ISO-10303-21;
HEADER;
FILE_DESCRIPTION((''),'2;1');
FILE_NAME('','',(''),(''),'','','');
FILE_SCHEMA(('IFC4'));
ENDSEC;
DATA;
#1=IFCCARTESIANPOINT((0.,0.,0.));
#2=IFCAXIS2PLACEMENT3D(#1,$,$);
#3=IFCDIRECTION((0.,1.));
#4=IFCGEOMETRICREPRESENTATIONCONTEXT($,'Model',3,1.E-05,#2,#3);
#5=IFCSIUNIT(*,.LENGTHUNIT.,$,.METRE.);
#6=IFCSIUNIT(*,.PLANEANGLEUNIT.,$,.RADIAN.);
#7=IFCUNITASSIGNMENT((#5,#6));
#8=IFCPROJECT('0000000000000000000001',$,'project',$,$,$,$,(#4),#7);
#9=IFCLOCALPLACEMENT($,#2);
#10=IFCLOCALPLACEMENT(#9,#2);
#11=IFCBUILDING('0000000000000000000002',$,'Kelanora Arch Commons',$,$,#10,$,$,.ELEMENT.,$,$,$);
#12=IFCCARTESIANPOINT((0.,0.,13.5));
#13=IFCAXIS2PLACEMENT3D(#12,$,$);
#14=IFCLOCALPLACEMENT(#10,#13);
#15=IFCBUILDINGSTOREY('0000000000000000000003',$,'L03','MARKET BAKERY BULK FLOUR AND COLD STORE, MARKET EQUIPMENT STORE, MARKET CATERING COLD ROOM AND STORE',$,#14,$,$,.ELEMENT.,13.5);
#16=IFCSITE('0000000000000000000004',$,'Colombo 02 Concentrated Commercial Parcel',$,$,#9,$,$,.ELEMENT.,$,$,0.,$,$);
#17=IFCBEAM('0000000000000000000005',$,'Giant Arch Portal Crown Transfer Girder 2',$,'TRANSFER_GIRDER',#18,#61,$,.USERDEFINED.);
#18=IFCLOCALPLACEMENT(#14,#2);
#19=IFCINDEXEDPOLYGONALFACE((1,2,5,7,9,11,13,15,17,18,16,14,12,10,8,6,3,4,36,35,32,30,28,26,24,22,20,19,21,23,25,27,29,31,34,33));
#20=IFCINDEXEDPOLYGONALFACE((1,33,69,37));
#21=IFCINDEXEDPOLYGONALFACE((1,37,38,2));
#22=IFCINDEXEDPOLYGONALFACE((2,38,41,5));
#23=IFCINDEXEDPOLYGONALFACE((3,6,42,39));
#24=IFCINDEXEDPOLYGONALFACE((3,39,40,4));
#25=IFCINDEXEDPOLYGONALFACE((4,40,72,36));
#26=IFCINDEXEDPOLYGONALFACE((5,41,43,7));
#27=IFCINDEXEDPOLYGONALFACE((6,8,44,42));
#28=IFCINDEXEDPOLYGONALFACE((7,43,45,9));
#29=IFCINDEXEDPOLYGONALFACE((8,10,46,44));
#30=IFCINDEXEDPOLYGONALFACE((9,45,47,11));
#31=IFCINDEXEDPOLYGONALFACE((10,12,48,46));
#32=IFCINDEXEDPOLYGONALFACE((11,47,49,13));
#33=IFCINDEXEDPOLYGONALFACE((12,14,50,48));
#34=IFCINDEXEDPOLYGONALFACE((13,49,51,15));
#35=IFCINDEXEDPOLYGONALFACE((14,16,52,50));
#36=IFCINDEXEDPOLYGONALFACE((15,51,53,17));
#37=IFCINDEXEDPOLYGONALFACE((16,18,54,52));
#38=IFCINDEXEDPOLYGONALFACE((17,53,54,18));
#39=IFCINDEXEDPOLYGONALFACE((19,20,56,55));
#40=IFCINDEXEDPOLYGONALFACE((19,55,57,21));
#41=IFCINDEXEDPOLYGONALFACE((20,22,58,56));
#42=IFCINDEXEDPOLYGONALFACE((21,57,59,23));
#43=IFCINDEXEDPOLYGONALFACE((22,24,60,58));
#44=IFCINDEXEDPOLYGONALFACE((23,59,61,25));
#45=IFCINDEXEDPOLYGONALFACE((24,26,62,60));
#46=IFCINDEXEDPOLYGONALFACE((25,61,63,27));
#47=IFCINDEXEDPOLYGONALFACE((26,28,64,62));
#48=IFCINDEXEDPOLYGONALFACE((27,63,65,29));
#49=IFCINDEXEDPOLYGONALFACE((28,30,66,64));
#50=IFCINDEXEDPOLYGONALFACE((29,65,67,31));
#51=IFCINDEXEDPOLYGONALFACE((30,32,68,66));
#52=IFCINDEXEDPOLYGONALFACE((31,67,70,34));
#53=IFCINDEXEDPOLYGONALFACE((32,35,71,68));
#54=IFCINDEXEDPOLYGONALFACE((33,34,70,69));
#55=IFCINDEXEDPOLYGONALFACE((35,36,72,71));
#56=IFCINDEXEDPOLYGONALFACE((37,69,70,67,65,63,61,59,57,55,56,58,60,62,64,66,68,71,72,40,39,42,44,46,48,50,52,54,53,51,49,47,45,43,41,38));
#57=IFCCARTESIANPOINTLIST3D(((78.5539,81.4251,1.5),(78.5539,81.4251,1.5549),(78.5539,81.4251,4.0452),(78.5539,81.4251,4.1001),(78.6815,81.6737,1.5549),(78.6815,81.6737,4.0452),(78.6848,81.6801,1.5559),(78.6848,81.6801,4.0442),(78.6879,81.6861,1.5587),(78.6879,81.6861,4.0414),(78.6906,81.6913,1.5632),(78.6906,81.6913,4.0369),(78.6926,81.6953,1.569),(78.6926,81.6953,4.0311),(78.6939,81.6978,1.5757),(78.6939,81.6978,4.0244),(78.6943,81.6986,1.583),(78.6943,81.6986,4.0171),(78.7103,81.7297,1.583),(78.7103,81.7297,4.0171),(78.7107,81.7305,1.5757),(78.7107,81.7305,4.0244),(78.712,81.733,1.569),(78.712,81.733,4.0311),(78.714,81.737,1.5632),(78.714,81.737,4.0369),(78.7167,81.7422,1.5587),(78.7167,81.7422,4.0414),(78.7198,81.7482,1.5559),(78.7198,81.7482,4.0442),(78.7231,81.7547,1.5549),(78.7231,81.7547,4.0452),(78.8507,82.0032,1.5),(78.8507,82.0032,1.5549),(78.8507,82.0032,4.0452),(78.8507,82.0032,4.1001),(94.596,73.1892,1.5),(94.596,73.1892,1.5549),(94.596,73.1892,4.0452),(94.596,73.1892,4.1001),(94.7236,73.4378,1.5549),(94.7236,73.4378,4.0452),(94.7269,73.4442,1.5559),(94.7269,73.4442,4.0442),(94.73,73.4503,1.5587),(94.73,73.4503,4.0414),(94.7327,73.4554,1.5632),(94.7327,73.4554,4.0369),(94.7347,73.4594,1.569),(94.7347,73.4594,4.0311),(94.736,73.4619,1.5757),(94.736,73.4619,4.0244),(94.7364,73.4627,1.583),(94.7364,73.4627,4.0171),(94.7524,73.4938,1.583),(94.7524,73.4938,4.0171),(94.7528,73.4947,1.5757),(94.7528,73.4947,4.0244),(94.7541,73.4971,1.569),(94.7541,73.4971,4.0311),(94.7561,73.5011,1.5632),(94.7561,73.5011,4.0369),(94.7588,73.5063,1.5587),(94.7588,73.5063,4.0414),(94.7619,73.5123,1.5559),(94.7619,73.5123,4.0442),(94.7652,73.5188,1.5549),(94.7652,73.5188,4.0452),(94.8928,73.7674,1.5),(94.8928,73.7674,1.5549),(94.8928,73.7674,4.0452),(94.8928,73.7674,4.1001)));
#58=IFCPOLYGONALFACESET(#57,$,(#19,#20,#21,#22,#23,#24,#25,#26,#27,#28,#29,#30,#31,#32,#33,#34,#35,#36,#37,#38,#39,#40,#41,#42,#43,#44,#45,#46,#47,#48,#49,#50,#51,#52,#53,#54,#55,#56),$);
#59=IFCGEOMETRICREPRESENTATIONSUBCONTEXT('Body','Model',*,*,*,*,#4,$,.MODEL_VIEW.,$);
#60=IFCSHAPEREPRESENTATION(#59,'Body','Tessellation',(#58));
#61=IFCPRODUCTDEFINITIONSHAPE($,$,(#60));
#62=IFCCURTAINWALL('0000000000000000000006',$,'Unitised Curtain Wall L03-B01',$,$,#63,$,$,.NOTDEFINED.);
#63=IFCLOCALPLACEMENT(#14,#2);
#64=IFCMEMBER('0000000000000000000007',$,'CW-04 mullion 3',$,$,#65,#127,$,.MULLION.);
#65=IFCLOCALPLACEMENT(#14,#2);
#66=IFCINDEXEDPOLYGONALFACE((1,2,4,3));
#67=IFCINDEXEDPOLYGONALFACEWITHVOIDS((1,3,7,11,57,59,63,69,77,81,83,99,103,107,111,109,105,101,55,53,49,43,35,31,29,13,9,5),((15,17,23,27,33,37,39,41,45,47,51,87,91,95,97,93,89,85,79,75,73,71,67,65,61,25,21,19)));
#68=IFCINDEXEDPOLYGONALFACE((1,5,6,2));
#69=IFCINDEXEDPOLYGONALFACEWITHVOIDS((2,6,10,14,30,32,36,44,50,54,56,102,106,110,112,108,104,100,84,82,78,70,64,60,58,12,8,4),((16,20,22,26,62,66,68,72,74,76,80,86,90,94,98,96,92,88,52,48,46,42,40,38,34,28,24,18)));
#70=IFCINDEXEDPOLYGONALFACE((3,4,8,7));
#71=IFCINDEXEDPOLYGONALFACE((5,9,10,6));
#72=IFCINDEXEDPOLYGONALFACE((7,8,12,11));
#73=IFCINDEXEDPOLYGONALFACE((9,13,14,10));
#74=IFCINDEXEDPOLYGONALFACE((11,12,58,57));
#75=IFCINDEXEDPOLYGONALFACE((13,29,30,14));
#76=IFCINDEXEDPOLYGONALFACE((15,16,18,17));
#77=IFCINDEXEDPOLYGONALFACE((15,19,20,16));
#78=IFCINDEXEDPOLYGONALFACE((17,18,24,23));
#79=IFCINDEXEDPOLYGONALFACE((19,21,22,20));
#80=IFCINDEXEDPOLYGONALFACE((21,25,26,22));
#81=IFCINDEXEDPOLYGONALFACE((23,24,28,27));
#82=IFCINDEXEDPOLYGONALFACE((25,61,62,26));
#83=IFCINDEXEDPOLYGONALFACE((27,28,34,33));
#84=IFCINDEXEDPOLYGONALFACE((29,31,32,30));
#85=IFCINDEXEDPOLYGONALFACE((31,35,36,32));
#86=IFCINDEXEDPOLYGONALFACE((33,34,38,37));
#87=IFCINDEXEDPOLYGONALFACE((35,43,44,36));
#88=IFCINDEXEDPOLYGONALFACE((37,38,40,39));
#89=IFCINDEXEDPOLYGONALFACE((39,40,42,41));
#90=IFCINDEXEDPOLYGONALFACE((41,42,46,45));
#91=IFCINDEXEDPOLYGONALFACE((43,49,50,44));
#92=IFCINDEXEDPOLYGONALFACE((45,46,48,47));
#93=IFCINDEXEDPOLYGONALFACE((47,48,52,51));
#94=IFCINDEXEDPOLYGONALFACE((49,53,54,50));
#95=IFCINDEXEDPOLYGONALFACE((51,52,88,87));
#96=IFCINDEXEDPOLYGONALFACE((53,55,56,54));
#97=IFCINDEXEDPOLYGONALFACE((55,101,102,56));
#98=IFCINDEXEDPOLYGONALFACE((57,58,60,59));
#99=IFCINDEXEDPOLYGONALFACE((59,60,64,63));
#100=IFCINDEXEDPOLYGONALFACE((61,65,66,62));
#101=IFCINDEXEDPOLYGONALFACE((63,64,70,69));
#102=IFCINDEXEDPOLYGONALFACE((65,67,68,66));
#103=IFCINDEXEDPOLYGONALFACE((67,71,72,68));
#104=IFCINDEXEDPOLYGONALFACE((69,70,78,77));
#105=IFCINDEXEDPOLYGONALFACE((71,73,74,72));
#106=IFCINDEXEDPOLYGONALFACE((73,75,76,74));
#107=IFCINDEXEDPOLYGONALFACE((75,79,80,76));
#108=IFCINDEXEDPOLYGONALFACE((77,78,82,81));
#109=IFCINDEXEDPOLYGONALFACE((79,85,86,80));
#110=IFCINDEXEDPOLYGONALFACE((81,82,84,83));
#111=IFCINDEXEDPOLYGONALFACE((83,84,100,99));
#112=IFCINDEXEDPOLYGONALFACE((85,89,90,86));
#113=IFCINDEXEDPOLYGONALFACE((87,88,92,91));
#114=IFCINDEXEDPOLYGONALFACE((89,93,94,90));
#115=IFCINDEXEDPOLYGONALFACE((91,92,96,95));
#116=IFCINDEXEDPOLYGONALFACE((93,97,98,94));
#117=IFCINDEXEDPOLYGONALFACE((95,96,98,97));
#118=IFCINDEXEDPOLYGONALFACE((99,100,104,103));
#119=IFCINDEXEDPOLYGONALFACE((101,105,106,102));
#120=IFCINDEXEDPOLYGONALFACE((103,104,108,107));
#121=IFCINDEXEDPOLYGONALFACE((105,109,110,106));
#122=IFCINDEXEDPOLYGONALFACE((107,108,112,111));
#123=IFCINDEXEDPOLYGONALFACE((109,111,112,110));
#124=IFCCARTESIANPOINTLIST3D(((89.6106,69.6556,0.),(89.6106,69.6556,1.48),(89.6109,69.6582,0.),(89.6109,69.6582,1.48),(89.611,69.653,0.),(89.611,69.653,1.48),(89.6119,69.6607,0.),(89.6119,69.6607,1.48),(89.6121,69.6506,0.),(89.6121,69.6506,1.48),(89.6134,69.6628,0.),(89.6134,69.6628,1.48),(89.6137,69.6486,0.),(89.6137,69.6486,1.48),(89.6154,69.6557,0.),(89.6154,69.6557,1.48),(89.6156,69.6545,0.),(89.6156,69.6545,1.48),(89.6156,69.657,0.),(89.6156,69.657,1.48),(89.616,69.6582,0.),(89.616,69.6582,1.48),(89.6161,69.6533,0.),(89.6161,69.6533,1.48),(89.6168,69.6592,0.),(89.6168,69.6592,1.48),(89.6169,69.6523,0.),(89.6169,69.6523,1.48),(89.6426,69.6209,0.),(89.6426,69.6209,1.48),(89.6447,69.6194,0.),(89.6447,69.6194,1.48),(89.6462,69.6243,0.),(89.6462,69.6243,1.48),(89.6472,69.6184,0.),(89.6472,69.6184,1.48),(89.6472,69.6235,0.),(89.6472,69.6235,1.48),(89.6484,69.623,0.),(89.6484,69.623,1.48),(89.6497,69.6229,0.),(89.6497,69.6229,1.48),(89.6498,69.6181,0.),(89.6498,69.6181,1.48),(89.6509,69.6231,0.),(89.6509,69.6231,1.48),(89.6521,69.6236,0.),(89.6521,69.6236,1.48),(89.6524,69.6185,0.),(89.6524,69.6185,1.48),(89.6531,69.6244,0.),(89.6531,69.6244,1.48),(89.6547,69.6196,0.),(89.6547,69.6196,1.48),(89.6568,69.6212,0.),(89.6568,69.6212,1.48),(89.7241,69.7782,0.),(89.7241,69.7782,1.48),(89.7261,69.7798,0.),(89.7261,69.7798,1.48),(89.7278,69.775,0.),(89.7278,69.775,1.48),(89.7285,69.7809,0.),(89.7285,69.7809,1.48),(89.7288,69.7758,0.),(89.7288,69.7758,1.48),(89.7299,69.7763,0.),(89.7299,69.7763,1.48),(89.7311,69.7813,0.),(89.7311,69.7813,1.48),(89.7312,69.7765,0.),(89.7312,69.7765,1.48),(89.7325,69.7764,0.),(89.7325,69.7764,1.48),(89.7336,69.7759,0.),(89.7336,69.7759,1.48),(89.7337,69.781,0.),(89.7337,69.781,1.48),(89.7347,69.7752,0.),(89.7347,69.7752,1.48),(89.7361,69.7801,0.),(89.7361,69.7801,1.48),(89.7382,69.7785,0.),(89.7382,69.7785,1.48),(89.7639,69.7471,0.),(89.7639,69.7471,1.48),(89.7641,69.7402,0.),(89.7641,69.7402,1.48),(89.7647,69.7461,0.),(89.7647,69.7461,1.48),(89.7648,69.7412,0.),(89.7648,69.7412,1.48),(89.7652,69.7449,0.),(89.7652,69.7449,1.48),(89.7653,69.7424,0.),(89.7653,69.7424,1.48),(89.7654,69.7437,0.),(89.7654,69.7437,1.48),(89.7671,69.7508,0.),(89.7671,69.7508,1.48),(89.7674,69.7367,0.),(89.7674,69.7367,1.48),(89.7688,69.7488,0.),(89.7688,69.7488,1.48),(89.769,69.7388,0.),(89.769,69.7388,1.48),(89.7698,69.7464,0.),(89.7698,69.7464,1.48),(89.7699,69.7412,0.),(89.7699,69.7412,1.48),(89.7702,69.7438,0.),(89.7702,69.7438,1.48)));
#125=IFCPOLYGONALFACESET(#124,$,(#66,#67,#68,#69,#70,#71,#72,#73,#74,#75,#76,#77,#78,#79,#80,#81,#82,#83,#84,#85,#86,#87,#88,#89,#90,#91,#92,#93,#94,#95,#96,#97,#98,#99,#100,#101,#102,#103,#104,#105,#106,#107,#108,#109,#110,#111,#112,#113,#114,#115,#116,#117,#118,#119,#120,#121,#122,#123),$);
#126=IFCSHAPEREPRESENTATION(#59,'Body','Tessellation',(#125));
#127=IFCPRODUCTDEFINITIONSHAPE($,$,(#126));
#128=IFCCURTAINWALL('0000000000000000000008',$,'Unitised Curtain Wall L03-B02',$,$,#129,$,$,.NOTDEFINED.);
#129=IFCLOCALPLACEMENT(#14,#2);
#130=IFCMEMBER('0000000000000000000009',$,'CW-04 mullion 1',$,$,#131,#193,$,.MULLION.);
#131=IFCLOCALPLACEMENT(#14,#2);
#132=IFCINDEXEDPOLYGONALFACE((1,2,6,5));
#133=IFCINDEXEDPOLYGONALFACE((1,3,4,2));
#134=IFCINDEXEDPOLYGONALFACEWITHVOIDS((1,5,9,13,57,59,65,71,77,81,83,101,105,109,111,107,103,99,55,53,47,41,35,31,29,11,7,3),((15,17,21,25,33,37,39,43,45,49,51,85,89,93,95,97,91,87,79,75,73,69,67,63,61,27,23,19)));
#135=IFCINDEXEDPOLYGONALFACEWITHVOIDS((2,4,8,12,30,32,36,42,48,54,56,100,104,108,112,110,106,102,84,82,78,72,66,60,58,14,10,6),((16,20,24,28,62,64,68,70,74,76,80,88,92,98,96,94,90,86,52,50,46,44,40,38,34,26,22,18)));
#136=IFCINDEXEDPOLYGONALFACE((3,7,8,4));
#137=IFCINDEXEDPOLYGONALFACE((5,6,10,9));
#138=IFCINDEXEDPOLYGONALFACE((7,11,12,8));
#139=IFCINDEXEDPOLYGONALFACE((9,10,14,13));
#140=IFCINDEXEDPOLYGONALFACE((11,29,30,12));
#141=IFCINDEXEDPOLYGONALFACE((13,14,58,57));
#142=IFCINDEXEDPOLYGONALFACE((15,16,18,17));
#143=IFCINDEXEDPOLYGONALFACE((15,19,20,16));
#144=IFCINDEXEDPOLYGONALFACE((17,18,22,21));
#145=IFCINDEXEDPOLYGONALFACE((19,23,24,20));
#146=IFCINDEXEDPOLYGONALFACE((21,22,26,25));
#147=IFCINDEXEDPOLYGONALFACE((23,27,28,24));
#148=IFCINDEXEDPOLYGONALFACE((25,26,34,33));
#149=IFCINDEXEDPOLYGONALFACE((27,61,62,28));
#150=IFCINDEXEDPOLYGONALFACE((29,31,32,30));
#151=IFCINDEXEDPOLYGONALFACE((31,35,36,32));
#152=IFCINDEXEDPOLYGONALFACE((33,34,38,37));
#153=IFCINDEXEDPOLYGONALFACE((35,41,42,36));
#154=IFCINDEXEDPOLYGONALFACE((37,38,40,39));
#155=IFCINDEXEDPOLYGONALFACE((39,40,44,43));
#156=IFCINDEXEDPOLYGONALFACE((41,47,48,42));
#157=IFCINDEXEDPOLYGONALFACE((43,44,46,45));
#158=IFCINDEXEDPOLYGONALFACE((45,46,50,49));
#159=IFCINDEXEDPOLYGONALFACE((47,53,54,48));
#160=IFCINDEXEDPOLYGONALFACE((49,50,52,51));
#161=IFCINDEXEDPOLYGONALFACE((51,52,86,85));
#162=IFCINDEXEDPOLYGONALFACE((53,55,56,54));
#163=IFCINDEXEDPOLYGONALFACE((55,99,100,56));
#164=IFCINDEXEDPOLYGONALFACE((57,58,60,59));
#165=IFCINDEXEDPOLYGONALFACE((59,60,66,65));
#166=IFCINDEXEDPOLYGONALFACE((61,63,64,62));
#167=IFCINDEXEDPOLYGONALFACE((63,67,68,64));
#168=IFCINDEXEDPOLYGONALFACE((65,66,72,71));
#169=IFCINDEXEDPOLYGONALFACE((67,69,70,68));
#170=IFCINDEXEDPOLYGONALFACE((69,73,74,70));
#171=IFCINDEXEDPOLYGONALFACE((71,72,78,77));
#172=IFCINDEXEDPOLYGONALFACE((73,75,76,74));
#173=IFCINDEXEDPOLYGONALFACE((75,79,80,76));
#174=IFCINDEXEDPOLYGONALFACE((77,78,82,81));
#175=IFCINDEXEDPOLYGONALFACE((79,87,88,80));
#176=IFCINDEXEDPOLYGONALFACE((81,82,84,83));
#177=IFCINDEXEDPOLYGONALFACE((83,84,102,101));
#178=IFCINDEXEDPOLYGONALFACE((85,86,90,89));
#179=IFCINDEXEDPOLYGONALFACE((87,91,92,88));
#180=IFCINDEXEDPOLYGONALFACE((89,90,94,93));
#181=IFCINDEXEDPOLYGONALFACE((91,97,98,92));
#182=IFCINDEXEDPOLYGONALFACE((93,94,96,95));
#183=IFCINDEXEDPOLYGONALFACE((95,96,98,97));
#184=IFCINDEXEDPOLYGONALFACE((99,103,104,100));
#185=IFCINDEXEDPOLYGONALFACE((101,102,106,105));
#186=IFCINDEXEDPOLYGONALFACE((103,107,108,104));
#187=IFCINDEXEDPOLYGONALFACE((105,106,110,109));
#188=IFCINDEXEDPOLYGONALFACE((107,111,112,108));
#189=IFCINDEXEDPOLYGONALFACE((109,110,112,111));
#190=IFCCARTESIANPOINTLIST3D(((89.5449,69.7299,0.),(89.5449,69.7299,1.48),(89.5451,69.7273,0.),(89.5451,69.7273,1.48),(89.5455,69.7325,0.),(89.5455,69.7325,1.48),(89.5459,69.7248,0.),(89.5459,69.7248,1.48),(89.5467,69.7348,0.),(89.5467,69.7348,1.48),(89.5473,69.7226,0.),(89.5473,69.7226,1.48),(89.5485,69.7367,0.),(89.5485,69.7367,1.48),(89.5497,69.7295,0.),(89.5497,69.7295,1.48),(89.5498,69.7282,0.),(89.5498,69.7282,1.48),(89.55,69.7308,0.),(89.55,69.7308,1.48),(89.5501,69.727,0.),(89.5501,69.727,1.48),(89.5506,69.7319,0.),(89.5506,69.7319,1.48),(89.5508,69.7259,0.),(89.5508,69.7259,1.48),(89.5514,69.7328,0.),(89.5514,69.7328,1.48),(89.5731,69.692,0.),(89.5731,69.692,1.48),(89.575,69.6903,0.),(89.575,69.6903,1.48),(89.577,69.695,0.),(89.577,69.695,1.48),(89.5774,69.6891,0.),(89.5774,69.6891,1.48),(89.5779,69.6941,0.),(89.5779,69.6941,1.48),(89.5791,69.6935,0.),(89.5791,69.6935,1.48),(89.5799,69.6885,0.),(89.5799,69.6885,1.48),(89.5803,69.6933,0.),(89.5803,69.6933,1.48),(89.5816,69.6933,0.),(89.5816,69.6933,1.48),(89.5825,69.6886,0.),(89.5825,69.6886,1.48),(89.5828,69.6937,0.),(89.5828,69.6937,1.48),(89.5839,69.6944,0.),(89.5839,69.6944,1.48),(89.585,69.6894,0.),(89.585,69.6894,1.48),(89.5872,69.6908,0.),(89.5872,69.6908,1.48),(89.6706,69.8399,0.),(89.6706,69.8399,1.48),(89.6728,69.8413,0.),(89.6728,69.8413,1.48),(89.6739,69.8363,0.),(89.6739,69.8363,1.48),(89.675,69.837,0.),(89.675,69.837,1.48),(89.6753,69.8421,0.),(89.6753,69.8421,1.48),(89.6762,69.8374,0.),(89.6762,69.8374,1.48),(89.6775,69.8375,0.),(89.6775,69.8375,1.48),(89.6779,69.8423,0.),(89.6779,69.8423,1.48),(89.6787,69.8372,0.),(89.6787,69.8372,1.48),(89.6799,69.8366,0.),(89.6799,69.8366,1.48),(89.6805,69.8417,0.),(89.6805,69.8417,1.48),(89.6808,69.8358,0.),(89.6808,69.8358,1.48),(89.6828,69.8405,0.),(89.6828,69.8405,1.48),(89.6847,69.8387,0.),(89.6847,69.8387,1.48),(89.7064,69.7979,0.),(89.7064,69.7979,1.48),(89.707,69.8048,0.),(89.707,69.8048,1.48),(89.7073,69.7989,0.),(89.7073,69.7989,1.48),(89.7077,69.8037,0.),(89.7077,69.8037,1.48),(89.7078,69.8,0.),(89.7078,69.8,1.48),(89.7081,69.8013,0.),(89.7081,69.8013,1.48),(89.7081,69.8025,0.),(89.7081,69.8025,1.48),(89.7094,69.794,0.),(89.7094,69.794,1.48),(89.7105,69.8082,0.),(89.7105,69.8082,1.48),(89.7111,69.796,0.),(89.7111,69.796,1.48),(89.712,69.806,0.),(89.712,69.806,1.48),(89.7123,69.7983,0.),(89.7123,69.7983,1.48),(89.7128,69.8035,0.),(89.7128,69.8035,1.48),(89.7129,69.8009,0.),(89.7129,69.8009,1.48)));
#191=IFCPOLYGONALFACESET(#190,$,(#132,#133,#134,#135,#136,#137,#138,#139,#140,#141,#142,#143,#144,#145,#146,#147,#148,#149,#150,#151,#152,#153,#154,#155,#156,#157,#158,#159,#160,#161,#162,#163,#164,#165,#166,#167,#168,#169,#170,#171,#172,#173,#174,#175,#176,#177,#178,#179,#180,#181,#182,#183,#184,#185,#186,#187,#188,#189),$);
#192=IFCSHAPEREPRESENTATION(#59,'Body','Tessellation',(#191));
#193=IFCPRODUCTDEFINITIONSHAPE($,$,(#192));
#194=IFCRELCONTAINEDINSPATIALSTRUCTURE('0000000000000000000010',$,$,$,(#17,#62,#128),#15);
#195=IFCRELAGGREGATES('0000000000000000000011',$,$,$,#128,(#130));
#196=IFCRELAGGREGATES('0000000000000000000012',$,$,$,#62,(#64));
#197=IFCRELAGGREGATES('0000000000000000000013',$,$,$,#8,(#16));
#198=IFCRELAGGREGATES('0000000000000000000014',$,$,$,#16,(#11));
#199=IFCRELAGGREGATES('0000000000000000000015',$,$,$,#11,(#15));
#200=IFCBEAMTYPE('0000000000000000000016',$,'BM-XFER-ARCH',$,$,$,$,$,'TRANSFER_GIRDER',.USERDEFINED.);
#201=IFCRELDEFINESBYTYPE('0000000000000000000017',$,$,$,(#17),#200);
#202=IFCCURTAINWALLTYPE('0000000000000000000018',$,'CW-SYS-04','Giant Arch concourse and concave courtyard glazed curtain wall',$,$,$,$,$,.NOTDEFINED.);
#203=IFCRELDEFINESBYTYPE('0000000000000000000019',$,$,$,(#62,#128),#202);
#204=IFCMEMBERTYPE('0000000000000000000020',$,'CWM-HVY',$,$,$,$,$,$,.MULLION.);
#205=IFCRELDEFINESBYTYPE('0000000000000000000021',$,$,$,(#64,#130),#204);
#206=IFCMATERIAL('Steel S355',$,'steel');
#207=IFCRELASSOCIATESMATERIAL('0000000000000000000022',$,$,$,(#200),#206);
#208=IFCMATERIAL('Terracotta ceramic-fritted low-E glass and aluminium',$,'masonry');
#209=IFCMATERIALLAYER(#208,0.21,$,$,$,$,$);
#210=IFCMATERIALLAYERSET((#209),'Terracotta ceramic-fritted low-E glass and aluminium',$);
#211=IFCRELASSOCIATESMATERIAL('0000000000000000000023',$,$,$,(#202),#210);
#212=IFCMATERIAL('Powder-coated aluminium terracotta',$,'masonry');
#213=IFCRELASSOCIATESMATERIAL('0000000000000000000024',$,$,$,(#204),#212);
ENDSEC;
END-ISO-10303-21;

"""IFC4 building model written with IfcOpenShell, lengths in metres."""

from ifc_helpers import new_model, si_unit, direction, frame, origin, origin_2d, place, context, subcontext, project, spatial, hollow_rectangle, i_section, extrude, material, layer, layer_set, material_profile, profile_set, type_object, element, aggregate, save


model = new_model("IFC4")

# Units and contexts
model_context = context("Model", 3, precision=1e-05, world=origin(), true_north=direction((0.0, 1.0)))
body_context = subcontext(model_context, "Body", "Model", "MODEL_VIEW")
ifc_project = project(units=[si_unit("LENGTHUNIT", "METRE"), si_unit("PLANEANGLEUNIT", "RADIAN")], contexts=[model_context])

# Site, building, storey
site_placement = place(None, origin())
site = spatial("IfcSite", under=ifc_project, at=site_placement, Name="Colombo 02 Concentrated Commercial Parcel", CompositionType="ELEMENT", RefElevation=0.0)
building_placement = place(site_placement, origin())
building = spatial("IfcBuilding", under=site, at=building_placement, Name="Kelanora Arch Commons", CompositionType="ELEMENT")
storey_placement = place(building_placement, frame((0.0, 0.0, 13.5)))
storey = spatial("IfcBuildingStorey", under=building, at=storey_placement, Name="L03", Description="MARKET BAKERY BULK FLOUR AND COLD STORE, MARKET EQUIPMENT STORE, MARKET CATERING COLD ROOM AND STORE", CompositionType="ELEMENT", Elevation=13.5)

# Shared definitions
ifc_material_1 = material(Name="Steel S355", Category="steel")

# Beam
ifc_material_profile_1 = material_profile(ifc_material_1, i_section(OverallWidth=0.6499, OverallDepth=2.6001, WebThickness=0.0349, FlangeThickness=0.0549, FilletRadius=0.0281, at=origin_2d()), Name="PG2600x650")
ifc_profile_set_1 = profile_set([ifc_material_profile_1], Name="Steel S355")
beam_type_1 = type_object("IfcBeamType", Name="BM-XFER-ARCH", ElementType="TRANSFER_GIRDER", PredefinedType="USERDEFINED", material=ifc_profile_set_1)
beam_1_placement = place(storey_placement, frame((94.7444, 73.4783, 2.8), z_axis=(-0.889611, 0.45672, 0.0), x_axis=(-0.45672, -0.889611, 0.0)))
element("IfcBeam", 1, at=beam_1_placement, inside=storey, type_object=beam_type_1, Name="Giant Arch Portal Crown Transfer Girder 2", ObjectType="TRANSFER_GIRDER", PredefinedType="USERDEFINED", context=body_context, shape_type="SweptSolid", body=[
    extrude(i_section(OverallWidth=0.6499, OverallDepth=2.6001, WebThickness=0.0349, FlangeThickness=0.0549, FilletRadius=0.0281, at=origin_2d()), origin(), (0.0, 0.0, 1.0), 18.0327),
])

# Curtain walls, members
ifc_material_2 = material(Name="Terracotta ceramic-fritted low-E glass and aluminium", Category="masonry")
ifc_layer_1 = layer(ifc_material_2, 0.21)
ifc_layer_set_1 = layer_set([ifc_layer_1], Name="Terracotta ceramic-fritted low-E glass and aluminium")
curtain_wall_type = type_object("IfcCurtainWallType", Name="CW-SYS-04", Description="Giant Arch concourse and concave courtyard glazed curtain wall", PredefinedType="NOTDEFINED", material=ifc_layer_set_1)
curtain_wall_1_placement = place(storey_placement, origin())
curtain_wall_1 = element("IfcCurtainWall", 2, at=curtain_wall_1_placement, inside=storey, type_object=curtain_wall_type, Name="Unitised Curtain Wall L03-B01", PredefinedType="NOTDEFINED")
ifc_material_3 = material(Name="Powder-coated aluminium terracotta", Category="masonry")
ifc_material_profile_2 = material_profile(ifc_material_3, hollow_rectangle(XDim=0.1799, YDim=0.0601, WallThickness=0.0049, InnerFilletRadius=0.0049, OuterFilletRadius=0.01, at=origin_2d()), Name="CWM180x60")
ifc_profile_set_2 = profile_set([ifc_material_profile_2], Name="Powder-coated aluminium terracotta")
member_type_1 = type_object("IfcMemberType", Name="CWM-HVY", PredefinedType="MULLION", material=ifc_profile_set_2)
member_1_placement = place(storey_placement, frame((89.6904, 69.6997, 0.0), z_axis=(0.0, 0.0, 1.0), x_axis=(-0.691953, -0.721943, 0.0)))
member_1 = element("IfcMember", 3, at=member_1_placement, type_object=member_type_1, Name="CW-04 mullion 3", PredefinedType="MULLION", context=body_context, shape_type="SweptSolid", body=[
    extrude(hollow_rectangle(XDim=0.1799, YDim=0.0601, WallThickness=0.0049, InnerFilletRadius=0.0049, OuterFilletRadius=0.01, at=origin_2d()), origin(), (0.0, 0.0, 1.0), 1.48),
])
curtain_wall_2_placement = place(storey_placement, origin())
curtain_wall_2 = element("IfcCurtainWall", 4, at=curtain_wall_2_placement, inside=storey, type_object=curtain_wall_type, Name="Unitised Curtain Wall L03-B02", PredefinedType="NOTDEFINED")
member_2_placement = place(storey_placement, frame((89.6289, 69.7654, 0.0), z_axis=(0.0, 0.0, 1.0), x_axis=(-0.763855, -0.645388, 0.0)))
member_2 = element("IfcMember", 5, at=member_2_placement, type_object=member_type_1, Name="CW-04 mullion 1", PredefinedType="MULLION", context=body_context, shape_type="SweptSolid", body=[
    extrude(hollow_rectangle(XDim=0.1799, YDim=0.0601, WallThickness=0.0049, InnerFilletRadius=0.0049, OuterFilletRadius=0.01, at=origin_2d()), origin(), (0.0, 0.0, 1.0), 1.48),
])
aggregate(curtain_wall_2, [member_2])

aggregate(curtain_wall_1, [member_1])

save(model, "model.ifc")
